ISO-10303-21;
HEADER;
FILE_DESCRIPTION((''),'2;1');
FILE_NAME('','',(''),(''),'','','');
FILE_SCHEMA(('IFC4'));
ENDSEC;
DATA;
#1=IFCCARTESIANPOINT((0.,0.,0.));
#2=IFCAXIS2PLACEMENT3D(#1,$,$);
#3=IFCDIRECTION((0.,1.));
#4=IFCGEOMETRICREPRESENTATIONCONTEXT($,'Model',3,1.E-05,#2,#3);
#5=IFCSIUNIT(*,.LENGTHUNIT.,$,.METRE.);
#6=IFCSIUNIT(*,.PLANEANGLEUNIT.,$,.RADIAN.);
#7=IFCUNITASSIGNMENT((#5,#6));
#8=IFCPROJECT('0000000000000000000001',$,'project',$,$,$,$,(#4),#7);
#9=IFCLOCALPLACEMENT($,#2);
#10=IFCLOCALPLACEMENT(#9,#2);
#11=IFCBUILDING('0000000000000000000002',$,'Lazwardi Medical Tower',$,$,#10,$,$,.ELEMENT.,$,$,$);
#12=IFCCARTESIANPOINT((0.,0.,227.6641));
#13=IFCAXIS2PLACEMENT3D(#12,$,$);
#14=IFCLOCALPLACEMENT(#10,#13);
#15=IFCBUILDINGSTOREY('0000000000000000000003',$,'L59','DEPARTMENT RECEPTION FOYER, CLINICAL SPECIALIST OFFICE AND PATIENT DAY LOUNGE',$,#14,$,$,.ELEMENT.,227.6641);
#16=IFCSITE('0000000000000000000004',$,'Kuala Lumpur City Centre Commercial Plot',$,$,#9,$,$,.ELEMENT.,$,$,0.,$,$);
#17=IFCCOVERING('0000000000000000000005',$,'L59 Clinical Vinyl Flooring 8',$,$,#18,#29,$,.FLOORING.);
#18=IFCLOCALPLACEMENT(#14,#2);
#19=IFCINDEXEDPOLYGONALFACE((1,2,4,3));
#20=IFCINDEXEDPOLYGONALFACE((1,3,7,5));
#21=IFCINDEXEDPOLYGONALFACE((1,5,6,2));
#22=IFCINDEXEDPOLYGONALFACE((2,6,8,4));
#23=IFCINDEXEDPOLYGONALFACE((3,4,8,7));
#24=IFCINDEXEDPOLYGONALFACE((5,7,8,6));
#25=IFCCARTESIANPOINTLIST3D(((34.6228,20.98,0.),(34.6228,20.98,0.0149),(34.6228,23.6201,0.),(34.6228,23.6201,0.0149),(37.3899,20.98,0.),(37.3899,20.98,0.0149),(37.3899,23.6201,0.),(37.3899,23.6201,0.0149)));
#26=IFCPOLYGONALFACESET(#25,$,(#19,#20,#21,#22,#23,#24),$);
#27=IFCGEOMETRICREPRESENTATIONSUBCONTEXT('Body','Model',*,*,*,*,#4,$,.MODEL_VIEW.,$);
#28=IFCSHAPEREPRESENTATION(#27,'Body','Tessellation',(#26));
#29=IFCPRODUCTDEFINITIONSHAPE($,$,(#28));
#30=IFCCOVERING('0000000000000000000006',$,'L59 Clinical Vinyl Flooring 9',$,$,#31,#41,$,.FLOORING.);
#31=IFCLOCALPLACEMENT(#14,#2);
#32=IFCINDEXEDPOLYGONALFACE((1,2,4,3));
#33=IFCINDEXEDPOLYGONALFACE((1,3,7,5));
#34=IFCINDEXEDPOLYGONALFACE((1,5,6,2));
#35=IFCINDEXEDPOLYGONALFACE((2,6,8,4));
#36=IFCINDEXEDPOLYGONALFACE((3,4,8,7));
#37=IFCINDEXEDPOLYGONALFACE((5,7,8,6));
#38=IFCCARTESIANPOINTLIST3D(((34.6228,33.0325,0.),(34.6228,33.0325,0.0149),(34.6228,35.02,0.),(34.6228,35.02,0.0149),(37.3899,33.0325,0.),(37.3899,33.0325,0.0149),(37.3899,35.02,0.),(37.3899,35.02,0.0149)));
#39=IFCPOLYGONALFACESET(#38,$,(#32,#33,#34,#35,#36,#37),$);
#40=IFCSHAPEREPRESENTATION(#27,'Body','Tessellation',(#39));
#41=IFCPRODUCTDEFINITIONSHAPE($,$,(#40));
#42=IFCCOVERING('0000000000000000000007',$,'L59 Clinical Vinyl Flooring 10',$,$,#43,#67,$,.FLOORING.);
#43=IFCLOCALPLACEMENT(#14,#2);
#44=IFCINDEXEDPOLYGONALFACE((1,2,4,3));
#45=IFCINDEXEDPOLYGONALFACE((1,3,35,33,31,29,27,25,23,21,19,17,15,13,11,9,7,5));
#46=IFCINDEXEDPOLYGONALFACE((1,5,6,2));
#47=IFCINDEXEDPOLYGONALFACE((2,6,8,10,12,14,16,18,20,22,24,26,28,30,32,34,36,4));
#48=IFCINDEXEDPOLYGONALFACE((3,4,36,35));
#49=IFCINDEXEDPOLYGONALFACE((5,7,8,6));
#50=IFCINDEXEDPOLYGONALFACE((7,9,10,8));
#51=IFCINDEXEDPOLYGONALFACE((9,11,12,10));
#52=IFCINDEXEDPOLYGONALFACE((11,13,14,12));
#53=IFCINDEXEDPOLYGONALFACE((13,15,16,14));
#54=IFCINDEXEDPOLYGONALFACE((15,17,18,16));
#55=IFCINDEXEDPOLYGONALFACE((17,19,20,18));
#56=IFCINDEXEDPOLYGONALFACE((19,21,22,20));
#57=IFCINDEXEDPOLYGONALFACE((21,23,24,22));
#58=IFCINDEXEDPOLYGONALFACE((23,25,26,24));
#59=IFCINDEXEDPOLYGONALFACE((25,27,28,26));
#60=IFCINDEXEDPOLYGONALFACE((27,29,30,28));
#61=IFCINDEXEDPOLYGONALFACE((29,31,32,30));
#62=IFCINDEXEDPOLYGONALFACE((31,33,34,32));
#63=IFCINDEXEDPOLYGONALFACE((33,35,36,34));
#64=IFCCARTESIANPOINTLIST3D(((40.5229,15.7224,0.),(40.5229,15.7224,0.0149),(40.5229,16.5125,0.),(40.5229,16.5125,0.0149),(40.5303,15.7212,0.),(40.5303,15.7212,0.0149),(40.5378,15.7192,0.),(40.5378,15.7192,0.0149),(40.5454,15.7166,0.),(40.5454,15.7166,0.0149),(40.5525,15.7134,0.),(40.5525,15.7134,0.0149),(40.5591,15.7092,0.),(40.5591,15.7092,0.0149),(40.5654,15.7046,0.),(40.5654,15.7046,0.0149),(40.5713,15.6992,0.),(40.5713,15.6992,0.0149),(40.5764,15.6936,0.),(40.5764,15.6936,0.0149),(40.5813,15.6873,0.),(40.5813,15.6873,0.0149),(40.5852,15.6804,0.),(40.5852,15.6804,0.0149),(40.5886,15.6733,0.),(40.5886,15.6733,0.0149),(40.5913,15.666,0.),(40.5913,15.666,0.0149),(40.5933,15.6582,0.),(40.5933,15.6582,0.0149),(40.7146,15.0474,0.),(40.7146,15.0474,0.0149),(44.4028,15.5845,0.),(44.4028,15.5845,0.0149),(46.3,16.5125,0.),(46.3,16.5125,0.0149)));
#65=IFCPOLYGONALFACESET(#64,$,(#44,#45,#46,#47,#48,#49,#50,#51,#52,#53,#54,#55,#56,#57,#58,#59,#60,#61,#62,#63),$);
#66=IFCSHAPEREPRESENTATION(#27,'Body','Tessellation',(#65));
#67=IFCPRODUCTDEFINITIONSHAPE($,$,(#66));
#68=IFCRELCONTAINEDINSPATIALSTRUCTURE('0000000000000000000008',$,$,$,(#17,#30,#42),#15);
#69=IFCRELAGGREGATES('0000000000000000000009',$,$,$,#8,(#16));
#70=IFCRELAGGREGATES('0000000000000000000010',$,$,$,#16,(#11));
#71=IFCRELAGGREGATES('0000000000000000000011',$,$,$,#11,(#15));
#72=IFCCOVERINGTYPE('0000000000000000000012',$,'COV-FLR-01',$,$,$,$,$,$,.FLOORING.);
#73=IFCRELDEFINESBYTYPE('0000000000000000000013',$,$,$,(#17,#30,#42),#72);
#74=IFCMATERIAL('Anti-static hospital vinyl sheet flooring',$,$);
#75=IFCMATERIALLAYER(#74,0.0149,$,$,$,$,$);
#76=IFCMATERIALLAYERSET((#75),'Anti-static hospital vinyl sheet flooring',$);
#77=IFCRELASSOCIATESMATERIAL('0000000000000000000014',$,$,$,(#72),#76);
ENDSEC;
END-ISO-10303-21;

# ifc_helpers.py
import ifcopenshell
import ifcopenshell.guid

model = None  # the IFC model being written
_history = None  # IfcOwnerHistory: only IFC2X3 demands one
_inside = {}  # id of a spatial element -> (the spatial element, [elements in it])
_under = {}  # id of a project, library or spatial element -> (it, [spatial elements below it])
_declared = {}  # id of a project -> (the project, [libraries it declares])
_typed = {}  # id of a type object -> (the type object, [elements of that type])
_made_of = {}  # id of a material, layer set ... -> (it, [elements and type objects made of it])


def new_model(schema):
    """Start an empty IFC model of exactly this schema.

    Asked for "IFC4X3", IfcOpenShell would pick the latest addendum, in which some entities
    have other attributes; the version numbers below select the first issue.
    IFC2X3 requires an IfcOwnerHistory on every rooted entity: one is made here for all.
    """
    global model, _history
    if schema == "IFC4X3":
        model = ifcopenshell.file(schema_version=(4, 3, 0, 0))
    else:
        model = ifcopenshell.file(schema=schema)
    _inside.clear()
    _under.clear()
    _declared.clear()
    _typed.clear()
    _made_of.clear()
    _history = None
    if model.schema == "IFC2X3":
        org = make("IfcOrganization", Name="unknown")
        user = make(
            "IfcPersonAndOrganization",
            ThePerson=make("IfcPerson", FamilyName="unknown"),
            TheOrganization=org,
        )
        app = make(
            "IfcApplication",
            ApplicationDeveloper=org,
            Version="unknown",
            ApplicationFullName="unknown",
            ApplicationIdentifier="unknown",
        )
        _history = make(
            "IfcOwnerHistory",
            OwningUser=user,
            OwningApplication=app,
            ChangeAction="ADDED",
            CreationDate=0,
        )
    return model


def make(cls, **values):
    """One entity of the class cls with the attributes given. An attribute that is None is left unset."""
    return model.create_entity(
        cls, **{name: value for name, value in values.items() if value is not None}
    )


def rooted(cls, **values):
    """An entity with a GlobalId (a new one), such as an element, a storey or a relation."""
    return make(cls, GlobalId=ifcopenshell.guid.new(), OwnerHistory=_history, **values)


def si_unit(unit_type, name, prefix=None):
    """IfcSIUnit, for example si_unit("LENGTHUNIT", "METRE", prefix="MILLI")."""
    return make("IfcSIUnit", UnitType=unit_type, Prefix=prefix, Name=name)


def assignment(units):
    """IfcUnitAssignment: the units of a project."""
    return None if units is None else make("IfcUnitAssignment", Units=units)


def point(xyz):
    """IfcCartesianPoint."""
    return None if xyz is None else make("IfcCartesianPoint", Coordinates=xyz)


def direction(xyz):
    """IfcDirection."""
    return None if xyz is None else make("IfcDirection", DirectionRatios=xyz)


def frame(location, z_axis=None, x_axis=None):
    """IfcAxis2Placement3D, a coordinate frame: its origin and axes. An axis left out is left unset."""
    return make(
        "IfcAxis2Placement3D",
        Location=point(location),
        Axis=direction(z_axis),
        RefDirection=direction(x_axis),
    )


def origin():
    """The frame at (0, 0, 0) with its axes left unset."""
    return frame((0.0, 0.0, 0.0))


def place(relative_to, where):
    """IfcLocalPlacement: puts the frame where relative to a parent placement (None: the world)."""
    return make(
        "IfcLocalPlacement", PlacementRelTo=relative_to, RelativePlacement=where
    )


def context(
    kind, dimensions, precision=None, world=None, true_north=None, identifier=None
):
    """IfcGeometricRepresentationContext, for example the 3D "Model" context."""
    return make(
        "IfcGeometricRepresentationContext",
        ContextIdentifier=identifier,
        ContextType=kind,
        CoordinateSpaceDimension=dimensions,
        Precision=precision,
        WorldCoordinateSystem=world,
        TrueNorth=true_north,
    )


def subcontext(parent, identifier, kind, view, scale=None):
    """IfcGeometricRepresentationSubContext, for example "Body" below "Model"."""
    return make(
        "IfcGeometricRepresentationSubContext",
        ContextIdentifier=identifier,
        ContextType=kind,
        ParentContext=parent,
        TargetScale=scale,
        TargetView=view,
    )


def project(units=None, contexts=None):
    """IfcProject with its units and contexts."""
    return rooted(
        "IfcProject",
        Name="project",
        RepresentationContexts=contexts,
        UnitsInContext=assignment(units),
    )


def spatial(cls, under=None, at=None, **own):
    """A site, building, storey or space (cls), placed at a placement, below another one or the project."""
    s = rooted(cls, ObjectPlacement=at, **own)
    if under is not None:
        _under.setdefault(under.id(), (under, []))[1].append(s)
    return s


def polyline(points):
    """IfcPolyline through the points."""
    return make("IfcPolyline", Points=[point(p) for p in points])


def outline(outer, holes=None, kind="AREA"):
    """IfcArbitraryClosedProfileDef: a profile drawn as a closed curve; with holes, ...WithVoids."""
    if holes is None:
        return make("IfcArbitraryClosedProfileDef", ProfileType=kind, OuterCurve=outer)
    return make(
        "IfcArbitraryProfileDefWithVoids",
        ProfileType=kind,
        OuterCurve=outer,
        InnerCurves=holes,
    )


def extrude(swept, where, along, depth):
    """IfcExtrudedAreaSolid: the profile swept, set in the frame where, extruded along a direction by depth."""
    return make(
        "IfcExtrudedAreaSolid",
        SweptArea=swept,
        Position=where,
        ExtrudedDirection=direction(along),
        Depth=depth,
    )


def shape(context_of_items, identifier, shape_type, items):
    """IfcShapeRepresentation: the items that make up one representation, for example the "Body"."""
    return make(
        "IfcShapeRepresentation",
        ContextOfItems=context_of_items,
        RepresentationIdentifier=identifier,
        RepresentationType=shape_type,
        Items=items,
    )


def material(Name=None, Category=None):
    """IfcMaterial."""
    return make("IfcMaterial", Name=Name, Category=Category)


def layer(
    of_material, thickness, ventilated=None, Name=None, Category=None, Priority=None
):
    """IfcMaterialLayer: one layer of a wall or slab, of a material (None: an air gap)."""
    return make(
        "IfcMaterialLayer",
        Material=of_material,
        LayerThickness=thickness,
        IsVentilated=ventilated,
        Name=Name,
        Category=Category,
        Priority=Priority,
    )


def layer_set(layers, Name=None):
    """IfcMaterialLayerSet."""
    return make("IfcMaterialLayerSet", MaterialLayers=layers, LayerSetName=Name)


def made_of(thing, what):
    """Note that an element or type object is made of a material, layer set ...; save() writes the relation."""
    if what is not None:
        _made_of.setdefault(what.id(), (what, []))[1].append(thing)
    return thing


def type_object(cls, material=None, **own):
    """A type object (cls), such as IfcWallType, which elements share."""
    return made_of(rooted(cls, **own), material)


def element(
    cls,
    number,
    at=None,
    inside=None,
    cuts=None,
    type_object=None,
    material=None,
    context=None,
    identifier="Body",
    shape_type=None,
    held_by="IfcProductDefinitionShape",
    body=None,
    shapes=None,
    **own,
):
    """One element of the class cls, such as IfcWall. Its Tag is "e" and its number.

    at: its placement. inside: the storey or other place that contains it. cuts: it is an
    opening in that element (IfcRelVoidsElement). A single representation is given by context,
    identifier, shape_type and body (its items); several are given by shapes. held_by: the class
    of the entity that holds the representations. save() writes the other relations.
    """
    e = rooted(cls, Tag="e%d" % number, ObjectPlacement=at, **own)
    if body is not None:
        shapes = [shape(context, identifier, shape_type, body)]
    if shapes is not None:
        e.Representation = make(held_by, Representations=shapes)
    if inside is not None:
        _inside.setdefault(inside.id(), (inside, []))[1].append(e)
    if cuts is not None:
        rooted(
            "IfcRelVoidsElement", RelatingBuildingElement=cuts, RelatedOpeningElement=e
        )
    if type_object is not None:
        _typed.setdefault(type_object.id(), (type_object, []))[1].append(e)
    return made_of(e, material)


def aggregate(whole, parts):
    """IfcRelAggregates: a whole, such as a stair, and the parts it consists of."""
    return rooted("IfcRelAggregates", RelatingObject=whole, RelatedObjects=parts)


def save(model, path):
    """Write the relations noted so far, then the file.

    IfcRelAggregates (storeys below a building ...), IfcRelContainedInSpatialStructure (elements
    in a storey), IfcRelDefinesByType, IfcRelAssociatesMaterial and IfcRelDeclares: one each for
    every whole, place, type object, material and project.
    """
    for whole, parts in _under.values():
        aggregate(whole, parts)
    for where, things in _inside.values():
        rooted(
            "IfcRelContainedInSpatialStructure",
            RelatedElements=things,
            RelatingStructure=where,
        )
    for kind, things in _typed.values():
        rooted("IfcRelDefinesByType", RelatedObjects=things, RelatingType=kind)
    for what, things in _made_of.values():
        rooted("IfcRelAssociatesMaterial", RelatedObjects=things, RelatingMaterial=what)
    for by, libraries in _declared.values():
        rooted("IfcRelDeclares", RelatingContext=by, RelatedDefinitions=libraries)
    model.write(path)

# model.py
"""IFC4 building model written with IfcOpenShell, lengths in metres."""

from ifc_helpers import new_model, si_unit, direction, frame, origin, place, context, subcontext, project, spatial, polyline, outline, extrude, material, layer, layer_set, type_object, element, save


model = new_model("IFC4")

# Units and contexts
model_context = context("Model", 3, precision=1e-05, world=origin(), true_north=direction((0.0, 1.0)))
body_context = subcontext(model_context, "Body", "Model", "MODEL_VIEW")
ifc_project = project(units=[si_unit("LENGTHUNIT", "METRE"), si_unit("PLANEANGLEUNIT", "RADIAN")], contexts=[model_context])

# Site, building, storey
site_placement = place(None, origin())
site = spatial("IfcSite", under=ifc_project, at=site_placement, Name="Kuala Lumpur City Centre Commercial Plot", CompositionType="ELEMENT", RefElevation=0.0)
building_placement = place(site_placement, origin())
building = spatial("IfcBuilding", under=site, at=building_placement, Name="Lazwardi Medical Tower", CompositionType="ELEMENT")
storey_placement = place(building_placement, frame((0.0, 0.0, 227.6641)))
storey = spatial("IfcBuildingStorey", under=building, at=storey_placement, Name="L59", Description="DEPARTMENT RECEPTION FOYER, CLINICAL SPECIALIST OFFICE AND PATIENT DAY LOUNGE", CompositionType="ELEMENT", Elevation=227.6641)

# Coverings
ifc_material_1 = material(Name="Anti-static hospital vinyl sheet flooring")
ifc_layer_1 = layer(ifc_material_1, 0.0149)
ifc_layer_set_1 = layer_set([ifc_layer_1], Name="Anti-static hospital vinyl sheet flooring")
covering_type_1 = type_object("IfcCoveringType", Name="COV-FLR-01", PredefinedType="FLOORING", material=ifc_layer_set_1)
covering_1_placement = place(storey_placement, origin())
element("IfcCovering", 1, at=covering_1_placement, inside=storey, type_object=covering_type_1, Name="L59 Clinical Vinyl Flooring 8", PredefinedType="FLOORING", context=body_context, shape_type="SweptSolid", body=[
    extrude(outline(polyline([(34.6228, 20.98), (37.3899, 20.98), (37.3899, 23.6201), (34.6228, 23.6201), (34.6228, 20.98)])), origin(), (0.0, 0.0, 1.0), 0.0149),
])
covering_2_placement = place(storey_placement, origin())
element("IfcCovering", 2, at=covering_2_placement, inside=storey, type_object=covering_type_1, Name="L59 Clinical Vinyl Flooring 9", PredefinedType="FLOORING", context=body_context, shape_type="SweptSolid", body=[
    extrude(outline(polyline([(37.3899, 33.0325), (37.3899, 35.02), (34.6228, 35.02), (34.6228, 33.0325), (37.3899, 33.0325)])), origin(), (0.0, 0.0, 1.0), 0.0149),
])
covering_3_placement = place(storey_placement, origin())
element("IfcCovering", 3, at=covering_3_placement, inside=storey, type_object=covering_type_1, Name="L59 Clinical Vinyl Flooring 10", PredefinedType="FLOORING", context=body_context, shape_type="SweptSolid", body=[
    extrude(outline(polyline([(40.5229, 15.7224), (40.5303, 15.7212), (40.5378, 15.7192), (40.5454, 15.7166), (40.5525, 15.7134), (40.5591, 15.7092), (40.5654, 15.7046), (40.5713, 15.6992), (40.5764, 15.6936), (40.5813, 15.6873), (40.5852, 15.6804), (40.5886, 15.6733), (40.5913, 15.666), (40.5933, 15.6582), (40.7146, 15.0474), (44.4028, 15.5845), (46.3, 16.5125), (40.5229, 16.5125), (40.5229, 15.7224)])), origin(), (0.0, 0.0, 1.0), 0.0149),
])

save(model, "model.ifc")
